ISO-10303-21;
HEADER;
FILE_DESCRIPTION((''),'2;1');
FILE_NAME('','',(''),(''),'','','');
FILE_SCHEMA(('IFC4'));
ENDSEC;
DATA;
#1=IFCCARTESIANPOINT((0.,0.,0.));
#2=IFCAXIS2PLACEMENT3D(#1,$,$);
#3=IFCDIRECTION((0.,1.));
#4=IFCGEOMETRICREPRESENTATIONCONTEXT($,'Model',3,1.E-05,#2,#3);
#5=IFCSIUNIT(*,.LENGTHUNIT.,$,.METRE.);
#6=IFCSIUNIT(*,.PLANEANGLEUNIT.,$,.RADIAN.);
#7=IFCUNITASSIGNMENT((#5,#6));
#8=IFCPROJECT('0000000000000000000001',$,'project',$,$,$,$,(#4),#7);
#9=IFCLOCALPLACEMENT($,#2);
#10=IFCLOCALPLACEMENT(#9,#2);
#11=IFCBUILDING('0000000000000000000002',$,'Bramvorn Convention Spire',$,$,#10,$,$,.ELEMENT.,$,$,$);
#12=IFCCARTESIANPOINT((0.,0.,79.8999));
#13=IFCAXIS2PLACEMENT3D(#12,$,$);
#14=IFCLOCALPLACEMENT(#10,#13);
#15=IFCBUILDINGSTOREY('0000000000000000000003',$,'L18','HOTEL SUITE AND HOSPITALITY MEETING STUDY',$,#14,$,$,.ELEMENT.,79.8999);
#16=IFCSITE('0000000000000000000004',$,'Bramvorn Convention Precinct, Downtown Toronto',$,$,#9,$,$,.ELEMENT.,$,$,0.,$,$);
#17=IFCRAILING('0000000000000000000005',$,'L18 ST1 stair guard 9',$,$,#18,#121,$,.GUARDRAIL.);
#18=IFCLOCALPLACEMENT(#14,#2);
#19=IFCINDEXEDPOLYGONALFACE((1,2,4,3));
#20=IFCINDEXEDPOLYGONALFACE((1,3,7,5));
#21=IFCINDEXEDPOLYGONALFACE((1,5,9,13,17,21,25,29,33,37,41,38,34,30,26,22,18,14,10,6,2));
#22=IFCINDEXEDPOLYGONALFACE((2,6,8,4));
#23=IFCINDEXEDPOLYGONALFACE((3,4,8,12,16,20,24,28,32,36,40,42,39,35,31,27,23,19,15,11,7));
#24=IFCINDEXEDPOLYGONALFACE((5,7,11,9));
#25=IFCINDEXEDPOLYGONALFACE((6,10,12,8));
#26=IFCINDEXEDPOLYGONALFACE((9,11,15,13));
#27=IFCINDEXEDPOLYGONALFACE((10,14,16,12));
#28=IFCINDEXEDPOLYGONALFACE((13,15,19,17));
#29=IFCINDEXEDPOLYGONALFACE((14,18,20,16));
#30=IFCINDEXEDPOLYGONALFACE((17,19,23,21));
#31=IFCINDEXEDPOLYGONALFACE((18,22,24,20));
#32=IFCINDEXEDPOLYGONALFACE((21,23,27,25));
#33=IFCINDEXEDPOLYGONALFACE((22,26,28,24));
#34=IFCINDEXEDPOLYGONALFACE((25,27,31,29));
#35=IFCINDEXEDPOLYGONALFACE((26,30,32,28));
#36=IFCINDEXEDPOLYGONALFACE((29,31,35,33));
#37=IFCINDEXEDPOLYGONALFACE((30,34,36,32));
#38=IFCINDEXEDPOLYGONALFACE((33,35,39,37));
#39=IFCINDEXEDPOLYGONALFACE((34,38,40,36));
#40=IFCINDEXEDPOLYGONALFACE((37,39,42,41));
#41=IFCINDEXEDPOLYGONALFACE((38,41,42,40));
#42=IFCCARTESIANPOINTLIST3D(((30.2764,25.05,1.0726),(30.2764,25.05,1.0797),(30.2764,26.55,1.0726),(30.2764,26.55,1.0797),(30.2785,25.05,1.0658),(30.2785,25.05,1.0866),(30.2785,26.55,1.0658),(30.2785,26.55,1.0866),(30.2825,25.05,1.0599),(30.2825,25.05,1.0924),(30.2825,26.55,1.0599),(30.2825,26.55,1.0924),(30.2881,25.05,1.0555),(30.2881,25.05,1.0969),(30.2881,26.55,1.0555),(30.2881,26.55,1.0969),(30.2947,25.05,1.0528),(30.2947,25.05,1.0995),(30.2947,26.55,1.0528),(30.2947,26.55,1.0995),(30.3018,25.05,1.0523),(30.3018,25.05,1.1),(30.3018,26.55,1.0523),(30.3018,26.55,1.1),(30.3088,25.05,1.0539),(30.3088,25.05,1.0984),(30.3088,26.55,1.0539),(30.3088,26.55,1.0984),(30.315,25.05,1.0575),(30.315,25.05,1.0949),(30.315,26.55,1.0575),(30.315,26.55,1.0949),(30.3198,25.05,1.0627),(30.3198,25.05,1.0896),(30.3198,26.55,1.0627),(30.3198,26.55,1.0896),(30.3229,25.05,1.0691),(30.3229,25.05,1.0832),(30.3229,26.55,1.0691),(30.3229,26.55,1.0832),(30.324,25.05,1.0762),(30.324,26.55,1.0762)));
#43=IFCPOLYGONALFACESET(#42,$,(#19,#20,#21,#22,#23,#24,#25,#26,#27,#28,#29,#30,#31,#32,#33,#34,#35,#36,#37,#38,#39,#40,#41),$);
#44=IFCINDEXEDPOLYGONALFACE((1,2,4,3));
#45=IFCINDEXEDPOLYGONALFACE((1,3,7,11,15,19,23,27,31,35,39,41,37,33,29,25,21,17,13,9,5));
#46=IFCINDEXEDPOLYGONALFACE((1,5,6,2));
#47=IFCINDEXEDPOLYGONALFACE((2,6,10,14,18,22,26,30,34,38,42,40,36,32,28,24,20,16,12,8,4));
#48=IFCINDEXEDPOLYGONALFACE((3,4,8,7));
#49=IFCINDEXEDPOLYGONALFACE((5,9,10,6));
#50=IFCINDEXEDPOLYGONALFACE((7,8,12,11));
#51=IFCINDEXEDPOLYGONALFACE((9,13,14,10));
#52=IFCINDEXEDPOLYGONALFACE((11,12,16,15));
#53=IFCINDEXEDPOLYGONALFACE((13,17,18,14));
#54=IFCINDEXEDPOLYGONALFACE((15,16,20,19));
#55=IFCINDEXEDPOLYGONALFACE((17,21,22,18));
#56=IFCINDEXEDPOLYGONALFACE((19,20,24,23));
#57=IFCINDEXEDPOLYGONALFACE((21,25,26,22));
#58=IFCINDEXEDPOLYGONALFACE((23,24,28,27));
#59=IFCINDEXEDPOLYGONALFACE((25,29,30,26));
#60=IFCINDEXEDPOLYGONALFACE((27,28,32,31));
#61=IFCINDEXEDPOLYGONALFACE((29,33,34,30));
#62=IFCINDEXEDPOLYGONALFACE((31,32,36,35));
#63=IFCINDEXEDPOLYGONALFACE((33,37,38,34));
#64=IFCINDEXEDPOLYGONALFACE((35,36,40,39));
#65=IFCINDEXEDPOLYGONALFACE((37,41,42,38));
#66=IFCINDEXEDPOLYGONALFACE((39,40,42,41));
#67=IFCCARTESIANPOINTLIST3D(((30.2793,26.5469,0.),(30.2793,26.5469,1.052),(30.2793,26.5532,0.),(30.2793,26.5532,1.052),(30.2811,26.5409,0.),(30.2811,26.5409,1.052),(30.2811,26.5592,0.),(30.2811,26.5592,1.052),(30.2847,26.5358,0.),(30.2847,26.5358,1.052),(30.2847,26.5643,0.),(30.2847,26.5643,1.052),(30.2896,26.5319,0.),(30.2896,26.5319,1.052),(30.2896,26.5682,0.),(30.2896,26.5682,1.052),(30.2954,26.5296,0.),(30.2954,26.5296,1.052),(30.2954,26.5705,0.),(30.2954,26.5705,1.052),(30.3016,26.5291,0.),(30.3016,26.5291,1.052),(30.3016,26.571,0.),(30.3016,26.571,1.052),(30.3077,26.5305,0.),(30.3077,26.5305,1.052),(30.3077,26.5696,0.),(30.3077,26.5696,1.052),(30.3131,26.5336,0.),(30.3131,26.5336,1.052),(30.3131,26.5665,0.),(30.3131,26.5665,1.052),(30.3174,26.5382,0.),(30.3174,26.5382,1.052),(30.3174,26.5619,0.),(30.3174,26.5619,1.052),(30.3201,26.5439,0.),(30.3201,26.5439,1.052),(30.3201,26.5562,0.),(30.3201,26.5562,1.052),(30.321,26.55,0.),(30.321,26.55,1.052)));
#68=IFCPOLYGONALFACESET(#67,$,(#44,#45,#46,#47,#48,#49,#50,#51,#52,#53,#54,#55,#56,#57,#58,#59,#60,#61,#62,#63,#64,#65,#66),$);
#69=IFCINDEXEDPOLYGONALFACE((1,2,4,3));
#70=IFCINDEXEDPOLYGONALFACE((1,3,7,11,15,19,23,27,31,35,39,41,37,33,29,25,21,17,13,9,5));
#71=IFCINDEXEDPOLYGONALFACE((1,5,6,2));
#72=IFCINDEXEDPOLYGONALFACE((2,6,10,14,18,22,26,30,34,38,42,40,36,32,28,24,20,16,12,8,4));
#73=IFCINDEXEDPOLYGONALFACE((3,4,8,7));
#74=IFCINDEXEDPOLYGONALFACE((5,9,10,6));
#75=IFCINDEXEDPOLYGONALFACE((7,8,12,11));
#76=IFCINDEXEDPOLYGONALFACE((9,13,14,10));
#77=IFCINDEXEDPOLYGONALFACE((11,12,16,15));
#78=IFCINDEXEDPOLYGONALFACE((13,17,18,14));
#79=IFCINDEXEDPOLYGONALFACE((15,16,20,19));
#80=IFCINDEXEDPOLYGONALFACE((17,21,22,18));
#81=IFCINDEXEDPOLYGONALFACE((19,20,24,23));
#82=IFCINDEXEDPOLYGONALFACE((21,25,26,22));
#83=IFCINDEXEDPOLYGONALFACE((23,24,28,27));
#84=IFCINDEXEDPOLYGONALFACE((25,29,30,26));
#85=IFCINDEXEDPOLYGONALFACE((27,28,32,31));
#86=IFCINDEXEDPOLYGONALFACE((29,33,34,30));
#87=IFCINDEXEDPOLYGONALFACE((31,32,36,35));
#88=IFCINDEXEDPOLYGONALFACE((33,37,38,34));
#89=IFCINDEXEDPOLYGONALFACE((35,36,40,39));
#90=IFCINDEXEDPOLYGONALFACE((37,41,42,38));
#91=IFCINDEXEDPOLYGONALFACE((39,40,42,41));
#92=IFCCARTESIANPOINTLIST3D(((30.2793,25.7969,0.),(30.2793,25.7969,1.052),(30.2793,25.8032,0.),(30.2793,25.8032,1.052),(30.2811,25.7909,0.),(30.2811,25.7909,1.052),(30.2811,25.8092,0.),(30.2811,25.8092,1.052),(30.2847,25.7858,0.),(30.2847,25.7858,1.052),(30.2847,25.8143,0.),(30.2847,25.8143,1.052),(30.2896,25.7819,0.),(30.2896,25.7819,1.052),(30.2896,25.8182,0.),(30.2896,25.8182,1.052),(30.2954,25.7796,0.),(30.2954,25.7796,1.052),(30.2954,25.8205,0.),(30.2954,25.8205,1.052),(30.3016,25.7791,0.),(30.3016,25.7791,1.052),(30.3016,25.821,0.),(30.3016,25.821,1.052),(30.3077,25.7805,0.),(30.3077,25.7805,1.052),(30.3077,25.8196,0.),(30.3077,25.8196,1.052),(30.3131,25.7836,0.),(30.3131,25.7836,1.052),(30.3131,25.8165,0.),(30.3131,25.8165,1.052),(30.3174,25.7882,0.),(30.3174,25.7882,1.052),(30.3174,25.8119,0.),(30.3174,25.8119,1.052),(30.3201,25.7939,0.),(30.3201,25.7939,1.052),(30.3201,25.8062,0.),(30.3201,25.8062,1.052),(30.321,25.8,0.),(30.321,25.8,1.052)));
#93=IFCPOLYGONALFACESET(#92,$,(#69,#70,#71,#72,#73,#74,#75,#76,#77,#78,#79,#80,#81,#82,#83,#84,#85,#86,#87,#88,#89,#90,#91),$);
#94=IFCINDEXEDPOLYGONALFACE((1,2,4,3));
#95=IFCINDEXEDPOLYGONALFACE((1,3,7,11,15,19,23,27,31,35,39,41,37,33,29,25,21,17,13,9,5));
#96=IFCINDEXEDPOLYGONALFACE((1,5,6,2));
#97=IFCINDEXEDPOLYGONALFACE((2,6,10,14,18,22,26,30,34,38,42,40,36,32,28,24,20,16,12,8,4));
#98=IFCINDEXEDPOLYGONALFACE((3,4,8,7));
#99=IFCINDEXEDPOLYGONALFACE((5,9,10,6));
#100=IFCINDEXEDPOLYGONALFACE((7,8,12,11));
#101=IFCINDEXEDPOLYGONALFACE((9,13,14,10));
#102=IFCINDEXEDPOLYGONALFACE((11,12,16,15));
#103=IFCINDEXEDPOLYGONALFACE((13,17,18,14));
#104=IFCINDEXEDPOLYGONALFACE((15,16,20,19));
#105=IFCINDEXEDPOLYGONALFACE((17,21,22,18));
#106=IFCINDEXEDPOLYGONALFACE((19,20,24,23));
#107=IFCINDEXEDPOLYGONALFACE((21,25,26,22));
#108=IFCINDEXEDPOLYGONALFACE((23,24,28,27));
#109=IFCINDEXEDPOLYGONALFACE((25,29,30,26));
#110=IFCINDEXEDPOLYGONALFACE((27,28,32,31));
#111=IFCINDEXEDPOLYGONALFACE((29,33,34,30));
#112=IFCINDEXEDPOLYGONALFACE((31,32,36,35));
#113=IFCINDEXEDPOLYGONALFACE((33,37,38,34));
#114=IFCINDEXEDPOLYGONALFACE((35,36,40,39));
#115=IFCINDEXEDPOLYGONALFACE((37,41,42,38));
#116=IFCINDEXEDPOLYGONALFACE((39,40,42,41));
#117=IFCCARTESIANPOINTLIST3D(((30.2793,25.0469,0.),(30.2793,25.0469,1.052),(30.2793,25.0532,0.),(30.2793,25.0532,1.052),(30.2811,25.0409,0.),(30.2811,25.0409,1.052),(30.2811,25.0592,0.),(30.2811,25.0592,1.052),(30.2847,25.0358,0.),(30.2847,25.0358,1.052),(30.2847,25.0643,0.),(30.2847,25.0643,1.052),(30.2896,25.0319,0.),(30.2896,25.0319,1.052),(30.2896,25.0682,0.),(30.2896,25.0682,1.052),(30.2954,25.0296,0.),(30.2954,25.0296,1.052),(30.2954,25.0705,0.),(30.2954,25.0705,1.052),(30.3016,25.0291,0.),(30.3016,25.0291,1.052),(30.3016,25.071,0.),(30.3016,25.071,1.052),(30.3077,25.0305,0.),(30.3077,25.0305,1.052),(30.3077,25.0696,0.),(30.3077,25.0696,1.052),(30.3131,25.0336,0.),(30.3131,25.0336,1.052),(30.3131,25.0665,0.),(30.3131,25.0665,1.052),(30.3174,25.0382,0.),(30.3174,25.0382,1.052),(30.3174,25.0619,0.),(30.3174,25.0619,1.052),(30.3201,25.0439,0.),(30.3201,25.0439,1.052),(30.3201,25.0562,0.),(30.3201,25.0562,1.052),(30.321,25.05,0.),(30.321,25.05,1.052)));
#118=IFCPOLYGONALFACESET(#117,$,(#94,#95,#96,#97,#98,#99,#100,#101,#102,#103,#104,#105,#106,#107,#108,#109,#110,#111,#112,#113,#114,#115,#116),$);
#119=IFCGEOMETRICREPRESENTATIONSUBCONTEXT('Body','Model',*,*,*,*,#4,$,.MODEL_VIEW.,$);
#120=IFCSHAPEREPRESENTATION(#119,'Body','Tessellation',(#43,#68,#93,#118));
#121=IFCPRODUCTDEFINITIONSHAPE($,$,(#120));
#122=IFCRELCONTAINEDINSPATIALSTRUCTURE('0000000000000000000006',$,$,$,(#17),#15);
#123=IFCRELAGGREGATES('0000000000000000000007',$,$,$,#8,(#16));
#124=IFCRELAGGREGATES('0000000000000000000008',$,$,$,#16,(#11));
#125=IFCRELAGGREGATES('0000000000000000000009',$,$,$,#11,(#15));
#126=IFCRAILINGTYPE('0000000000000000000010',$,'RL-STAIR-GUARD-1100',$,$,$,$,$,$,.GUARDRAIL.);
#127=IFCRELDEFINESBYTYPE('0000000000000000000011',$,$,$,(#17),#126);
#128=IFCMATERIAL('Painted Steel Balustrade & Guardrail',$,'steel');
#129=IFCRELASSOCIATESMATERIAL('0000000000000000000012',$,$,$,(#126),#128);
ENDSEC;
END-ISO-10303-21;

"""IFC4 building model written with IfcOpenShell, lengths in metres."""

from ifc_helpers import new_model, si_unit, direction, frame, origin, origin_2d, place, context, subcontext, project, spatial, circle, extrude, material, type_object, element, save


model = new_model("IFC4")

# Units and contexts
model_context = context("Model", 3, precision=1e-05, world=origin(), true_north=direction((0.0, 1.0)))
body_context = subcontext(model_context, "Body", "Model", "MODEL_VIEW")
ifc_project = project(units=[si_unit("LENGTHUNIT", "METRE"), si_unit("PLANEANGLEUNIT", "RADIAN")], contexts=[model_context])

# Site, building, storey
site_placement = place(None, origin())
site = spatial("IfcSite", under=ifc_project, at=site_placement, Name="Bramvorn Convention Precinct, Downtown Toronto", CompositionType="ELEMENT", RefElevation=0.0)
building_placement = place(site_placement, origin())
building = spatial("IfcBuilding", under=site, at=building_placement, Name="Bramvorn Convention Spire", CompositionType="ELEMENT")
storey_placement = place(building_placement, frame((0.0, 0.0, 79.8999)))
storey = spatial("IfcBuildingStorey", under=building, at=storey_placement, Name="L18", Description="HOTEL SUITE AND HOSPITALITY MEETING STUDY", CompositionType="ELEMENT", Elevation=79.8999)

# Railing
ifc_material_1 = material(Name="Painted Steel Balustrade & Guardrail", Category="steel")
railing_type = type_object("IfcRailingType", Name="RL-STAIR-GUARD-1100", PredefinedType="GUARDRAIL", material=ifc_material_1)
for number, where, name in (
    (1, (30.3, 26.55, 0.0), "L18 ST1 stair guard 9"),
):
    element("IfcRailing", number, at=place(storey_placement, frame(where)), inside=storey, type_object=railing_type, Name=name, PredefinedType="GUARDRAIL", context=body_context, shape_type="SweptSolid", body=[
        extrude(circle(Radius=0.0239, at=origin_2d()), frame((0.0, 0.0, 1.0762), z_axis=(0.0, -1.0, 0.0), x_axis=(1.0, 0.0, 0.0)), (0.0, 0.0, 1.0), 1.5),
        extrude(circle(Radius=0.021, at=origin_2d()), origin(), (0.0, 0.0, 1.0), 1.052),
        extrude(circle(Radius=0.021, at=origin_2d()), frame((0.0, -0.75, 0.0)), (0.0, 0.0, 1.0), 1.052),
        extrude(circle(Radius=0.021, at=origin_2d()), frame((0.0, -1.5, 0.0)), (0.0, 0.0, 1.0), 1.052),
    ])

save(model, "model.ifc")
